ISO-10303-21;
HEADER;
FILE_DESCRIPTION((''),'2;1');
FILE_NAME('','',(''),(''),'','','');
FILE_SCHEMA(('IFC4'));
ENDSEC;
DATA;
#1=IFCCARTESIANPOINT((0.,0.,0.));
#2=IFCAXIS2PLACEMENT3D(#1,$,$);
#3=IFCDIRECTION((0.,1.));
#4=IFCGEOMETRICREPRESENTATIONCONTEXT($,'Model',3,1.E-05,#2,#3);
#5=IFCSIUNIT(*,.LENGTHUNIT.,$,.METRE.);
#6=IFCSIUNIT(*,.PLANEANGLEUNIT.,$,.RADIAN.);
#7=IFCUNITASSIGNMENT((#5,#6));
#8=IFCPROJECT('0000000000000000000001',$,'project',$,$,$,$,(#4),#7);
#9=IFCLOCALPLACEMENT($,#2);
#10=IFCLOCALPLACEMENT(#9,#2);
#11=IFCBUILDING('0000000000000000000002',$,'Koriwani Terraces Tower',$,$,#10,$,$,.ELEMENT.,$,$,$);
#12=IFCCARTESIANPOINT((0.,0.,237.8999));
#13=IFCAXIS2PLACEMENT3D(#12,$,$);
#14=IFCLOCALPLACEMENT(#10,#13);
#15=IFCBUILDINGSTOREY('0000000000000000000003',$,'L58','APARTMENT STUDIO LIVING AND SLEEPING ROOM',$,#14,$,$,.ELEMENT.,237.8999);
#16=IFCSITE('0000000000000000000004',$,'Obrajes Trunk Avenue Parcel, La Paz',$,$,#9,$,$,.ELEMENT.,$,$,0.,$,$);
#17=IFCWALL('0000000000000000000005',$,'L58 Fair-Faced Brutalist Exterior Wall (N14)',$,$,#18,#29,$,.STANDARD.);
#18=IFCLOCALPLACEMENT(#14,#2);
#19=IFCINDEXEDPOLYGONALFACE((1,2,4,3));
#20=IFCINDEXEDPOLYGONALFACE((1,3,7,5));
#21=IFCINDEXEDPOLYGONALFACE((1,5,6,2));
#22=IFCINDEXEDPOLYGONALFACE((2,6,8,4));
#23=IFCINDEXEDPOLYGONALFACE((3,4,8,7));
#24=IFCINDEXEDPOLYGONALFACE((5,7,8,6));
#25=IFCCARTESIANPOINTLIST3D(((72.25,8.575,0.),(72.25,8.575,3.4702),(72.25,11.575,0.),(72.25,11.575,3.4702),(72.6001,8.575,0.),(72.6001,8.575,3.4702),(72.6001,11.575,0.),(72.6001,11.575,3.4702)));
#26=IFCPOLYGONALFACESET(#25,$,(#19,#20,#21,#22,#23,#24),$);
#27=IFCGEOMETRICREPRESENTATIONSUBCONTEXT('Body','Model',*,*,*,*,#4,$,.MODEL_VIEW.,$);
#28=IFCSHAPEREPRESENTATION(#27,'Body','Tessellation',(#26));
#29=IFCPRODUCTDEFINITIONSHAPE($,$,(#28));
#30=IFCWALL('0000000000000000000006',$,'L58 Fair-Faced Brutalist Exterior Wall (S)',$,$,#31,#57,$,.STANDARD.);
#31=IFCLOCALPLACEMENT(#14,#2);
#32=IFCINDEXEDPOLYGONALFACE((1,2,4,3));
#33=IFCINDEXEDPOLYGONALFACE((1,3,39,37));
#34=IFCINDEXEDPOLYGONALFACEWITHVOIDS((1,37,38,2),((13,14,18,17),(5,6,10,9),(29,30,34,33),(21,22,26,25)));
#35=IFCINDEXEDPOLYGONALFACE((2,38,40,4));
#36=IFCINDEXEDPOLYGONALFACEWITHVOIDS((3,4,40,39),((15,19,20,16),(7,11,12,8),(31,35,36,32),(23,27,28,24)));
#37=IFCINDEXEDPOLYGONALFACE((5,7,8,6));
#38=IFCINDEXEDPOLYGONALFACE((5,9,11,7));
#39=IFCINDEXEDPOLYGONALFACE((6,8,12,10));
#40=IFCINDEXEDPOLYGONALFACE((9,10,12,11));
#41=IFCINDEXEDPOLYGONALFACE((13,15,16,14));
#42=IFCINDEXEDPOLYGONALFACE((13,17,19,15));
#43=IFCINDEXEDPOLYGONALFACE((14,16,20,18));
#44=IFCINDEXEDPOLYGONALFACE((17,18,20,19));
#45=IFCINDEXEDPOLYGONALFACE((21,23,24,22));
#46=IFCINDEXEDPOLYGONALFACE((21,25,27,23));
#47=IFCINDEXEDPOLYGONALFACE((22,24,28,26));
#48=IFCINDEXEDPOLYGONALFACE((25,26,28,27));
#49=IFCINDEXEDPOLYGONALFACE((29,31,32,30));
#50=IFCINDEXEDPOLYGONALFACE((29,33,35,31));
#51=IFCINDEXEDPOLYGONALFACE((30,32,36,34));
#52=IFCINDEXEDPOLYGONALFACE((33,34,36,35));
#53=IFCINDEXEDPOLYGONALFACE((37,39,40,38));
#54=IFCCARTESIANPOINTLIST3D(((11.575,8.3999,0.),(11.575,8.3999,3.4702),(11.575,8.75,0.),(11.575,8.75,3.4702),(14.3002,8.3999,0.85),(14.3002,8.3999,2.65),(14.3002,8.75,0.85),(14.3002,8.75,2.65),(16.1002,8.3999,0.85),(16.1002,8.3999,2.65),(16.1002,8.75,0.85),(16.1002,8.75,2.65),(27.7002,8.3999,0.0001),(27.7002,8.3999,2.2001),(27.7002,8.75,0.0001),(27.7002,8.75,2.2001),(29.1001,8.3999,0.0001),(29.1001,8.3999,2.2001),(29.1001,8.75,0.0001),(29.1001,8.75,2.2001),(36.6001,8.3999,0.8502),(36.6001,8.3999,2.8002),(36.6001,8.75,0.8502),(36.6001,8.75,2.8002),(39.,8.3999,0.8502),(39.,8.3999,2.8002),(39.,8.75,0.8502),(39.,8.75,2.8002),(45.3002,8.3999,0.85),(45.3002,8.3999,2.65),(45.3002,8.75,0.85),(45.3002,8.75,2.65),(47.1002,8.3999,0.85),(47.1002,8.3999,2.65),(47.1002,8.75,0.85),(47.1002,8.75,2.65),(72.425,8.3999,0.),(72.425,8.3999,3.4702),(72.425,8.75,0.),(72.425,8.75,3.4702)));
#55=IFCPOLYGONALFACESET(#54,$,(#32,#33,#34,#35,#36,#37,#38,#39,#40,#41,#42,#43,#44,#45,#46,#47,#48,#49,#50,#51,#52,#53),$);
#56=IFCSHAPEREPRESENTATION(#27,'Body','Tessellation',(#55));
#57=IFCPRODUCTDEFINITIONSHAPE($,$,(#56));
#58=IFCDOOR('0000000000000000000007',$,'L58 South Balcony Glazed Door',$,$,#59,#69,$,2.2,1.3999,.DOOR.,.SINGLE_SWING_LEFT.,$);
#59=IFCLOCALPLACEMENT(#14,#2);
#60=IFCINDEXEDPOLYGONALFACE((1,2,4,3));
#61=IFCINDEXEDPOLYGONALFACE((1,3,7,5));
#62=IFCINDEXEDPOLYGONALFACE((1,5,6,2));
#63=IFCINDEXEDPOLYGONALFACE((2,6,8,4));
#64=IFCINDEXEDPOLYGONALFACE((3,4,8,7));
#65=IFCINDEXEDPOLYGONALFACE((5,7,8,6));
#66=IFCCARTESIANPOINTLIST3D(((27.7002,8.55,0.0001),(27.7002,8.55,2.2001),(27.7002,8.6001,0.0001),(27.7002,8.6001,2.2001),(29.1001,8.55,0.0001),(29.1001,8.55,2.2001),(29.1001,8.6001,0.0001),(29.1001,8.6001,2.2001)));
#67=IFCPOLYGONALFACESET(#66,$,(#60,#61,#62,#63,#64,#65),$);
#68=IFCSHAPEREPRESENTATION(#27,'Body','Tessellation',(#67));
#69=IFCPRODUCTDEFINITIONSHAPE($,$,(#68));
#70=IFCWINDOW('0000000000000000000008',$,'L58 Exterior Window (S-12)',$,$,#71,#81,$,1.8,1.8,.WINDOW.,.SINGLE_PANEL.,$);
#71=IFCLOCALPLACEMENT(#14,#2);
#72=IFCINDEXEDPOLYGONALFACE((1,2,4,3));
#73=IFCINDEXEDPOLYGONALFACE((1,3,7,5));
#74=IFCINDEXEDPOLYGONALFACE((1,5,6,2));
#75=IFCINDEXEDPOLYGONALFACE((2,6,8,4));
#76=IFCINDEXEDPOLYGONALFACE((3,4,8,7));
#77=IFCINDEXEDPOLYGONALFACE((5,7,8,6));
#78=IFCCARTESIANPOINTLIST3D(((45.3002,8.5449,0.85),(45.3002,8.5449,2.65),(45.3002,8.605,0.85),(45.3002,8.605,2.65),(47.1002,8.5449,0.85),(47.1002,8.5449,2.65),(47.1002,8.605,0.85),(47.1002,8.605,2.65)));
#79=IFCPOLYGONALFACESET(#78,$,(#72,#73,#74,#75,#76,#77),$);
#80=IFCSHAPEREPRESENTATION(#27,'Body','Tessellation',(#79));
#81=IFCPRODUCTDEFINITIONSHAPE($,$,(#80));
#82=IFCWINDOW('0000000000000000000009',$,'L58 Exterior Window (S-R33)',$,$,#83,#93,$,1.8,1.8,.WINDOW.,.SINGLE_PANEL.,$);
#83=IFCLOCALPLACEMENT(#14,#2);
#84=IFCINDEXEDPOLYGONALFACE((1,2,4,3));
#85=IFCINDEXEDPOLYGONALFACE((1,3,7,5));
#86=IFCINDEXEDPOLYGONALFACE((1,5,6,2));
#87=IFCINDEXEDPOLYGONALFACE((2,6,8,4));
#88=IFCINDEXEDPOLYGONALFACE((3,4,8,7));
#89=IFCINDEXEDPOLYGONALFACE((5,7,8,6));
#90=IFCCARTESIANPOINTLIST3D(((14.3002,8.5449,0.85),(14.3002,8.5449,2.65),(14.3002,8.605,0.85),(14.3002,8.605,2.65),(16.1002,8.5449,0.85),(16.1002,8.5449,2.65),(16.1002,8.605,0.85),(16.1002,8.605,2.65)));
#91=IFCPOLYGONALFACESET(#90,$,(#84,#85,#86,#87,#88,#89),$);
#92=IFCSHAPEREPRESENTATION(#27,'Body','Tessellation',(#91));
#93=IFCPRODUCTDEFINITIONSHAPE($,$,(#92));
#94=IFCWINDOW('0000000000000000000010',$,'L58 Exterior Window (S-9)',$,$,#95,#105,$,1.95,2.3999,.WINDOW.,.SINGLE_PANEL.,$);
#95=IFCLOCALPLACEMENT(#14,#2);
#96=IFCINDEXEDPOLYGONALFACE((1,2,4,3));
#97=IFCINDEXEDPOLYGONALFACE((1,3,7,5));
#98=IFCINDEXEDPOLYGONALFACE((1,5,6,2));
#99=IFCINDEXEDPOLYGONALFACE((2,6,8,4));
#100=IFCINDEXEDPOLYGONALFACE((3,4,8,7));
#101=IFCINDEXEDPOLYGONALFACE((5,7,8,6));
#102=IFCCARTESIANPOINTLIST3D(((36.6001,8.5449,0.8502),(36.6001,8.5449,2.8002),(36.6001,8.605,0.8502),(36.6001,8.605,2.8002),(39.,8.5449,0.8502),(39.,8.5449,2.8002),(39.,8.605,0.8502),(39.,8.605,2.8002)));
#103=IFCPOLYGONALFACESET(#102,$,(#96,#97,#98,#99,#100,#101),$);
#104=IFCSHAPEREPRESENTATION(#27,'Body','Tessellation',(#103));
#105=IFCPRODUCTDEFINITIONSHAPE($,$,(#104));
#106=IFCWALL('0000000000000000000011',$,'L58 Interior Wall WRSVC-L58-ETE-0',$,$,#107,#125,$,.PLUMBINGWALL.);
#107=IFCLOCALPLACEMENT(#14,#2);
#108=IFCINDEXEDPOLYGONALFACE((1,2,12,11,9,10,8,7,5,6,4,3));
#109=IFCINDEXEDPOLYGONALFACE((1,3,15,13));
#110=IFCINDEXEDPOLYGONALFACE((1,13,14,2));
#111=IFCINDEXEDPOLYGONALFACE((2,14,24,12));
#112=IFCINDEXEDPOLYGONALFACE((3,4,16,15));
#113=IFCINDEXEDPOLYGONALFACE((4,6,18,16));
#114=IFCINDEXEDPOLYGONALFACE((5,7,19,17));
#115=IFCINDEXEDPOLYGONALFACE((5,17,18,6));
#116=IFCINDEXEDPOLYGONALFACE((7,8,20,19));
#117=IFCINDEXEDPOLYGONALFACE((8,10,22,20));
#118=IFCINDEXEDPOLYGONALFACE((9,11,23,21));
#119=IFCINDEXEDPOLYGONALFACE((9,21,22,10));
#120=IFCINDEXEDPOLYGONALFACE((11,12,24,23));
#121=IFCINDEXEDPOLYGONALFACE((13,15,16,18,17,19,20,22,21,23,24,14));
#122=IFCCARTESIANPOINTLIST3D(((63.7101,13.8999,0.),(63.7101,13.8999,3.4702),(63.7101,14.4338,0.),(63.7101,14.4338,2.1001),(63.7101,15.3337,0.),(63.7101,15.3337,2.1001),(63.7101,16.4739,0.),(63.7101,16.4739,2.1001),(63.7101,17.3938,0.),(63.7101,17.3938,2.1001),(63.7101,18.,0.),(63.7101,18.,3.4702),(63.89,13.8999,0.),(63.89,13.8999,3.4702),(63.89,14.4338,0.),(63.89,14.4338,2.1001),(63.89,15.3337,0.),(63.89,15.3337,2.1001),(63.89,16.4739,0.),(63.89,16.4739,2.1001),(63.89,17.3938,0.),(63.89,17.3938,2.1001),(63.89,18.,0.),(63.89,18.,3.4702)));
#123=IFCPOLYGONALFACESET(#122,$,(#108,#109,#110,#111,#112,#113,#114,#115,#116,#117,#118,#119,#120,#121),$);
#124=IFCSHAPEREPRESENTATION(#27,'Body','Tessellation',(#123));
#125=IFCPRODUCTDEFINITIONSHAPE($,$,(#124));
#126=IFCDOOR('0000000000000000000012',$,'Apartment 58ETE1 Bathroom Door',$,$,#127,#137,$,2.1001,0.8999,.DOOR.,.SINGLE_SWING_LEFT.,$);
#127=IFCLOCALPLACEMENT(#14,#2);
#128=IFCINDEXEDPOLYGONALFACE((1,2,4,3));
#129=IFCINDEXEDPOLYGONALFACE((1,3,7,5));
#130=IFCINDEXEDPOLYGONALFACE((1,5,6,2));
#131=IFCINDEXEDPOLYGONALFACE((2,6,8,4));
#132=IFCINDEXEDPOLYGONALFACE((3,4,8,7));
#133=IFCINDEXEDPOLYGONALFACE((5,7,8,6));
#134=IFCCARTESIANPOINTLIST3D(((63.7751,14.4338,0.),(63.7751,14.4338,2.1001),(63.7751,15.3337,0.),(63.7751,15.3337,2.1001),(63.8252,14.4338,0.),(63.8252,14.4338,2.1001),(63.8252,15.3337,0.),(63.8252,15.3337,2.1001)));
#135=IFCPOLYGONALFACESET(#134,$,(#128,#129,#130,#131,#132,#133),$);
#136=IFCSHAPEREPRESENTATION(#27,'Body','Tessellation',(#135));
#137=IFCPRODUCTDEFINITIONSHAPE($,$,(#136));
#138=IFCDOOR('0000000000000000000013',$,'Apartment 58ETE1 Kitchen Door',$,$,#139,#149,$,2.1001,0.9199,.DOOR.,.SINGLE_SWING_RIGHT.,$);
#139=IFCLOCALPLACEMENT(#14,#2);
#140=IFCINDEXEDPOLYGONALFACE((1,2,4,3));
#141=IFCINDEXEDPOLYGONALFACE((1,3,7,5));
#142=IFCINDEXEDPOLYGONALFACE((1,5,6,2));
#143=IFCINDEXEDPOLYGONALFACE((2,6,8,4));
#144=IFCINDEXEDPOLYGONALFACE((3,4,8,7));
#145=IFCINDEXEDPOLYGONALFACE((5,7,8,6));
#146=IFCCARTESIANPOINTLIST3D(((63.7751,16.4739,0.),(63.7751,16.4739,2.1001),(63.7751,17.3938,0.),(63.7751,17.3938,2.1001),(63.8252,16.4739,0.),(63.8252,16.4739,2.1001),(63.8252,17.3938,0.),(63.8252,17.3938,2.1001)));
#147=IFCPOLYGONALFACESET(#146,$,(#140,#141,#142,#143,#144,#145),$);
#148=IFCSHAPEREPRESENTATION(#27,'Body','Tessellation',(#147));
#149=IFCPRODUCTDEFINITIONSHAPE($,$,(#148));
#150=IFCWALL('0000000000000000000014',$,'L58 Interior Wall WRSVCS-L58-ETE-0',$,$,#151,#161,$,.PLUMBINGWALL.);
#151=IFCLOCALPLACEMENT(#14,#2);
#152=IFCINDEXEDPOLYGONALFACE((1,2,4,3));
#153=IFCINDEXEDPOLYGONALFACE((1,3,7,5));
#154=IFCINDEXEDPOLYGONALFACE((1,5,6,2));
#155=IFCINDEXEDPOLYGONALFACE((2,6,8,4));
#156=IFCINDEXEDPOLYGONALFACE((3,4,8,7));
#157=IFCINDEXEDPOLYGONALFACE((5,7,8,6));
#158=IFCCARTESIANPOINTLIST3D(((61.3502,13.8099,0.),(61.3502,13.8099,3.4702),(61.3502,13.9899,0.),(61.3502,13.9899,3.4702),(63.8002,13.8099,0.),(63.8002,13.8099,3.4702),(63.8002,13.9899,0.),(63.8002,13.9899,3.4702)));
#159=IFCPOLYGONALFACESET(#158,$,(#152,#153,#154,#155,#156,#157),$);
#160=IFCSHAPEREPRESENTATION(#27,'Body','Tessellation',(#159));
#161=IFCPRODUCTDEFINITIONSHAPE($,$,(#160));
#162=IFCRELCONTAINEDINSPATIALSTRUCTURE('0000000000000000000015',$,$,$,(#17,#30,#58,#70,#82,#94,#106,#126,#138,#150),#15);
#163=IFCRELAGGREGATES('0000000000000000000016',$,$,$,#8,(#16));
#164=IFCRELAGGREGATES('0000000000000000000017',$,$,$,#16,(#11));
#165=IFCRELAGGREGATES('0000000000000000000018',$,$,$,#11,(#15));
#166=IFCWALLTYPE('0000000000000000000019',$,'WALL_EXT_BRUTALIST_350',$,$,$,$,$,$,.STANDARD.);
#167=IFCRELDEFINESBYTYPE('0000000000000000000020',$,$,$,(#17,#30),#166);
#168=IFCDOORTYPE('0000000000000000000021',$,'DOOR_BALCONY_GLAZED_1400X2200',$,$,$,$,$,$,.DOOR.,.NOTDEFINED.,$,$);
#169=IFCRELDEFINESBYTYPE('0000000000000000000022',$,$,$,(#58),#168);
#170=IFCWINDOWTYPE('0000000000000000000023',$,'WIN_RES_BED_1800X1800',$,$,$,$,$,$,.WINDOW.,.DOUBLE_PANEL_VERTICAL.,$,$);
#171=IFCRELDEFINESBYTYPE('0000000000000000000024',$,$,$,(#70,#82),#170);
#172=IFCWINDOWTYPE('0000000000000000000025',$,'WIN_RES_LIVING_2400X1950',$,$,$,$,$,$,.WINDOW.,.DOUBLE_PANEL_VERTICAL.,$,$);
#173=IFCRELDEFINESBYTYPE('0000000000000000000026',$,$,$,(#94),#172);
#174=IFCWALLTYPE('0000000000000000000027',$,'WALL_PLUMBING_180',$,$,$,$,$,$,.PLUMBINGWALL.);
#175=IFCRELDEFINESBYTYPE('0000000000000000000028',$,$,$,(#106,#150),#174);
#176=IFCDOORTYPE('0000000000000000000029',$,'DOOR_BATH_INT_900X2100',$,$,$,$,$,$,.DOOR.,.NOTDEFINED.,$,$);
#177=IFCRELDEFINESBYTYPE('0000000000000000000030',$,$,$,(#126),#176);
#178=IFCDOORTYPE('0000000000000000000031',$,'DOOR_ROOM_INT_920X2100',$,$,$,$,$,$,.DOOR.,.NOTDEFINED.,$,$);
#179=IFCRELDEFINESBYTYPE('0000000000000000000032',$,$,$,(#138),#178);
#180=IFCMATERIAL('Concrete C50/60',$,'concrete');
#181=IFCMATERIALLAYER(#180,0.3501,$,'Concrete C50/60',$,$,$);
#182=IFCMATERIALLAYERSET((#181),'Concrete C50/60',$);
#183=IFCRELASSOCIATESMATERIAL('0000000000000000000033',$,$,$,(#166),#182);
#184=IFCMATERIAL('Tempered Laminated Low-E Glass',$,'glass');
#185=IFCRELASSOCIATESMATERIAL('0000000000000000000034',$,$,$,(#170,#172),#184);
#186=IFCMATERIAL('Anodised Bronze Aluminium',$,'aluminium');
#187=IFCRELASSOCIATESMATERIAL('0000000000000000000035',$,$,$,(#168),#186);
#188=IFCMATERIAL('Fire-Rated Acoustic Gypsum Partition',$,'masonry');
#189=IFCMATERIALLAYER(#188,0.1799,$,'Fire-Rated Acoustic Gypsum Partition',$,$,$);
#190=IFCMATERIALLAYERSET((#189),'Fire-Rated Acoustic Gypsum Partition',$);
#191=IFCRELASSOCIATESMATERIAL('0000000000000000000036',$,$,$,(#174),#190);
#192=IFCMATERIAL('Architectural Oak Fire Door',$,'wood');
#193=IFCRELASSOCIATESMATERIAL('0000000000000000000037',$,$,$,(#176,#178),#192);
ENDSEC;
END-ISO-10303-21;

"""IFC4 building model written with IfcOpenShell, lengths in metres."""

from ifc_helpers import new_model, si_unit, direction, frame, frame_2d, origin, place, context, subcontext, project, spatial, rectangle, extrude, material, layer, layer_set, type_object, element, fill, save


model = new_model("IFC4")

# Units and contexts
model_context = context("Model", 3, precision=1e-05, world=origin(), true_north=direction((0.0, 1.0)))
body_context = subcontext(model_context, "Body", "Model", "MODEL_VIEW")
ifc_project = project(units=[si_unit("LENGTHUNIT", "METRE"), si_unit("PLANEANGLEUNIT", "RADIAN")], contexts=[model_context])

# Site, building, storey
site_placement = place(None, origin())
site = spatial("IfcSite", under=ifc_project, at=site_placement, Name="Obrajes Trunk Avenue Parcel, La Paz", CompositionType="ELEMENT", RefElevation=0.0)
building_placement = place(site_placement, origin())
building = spatial("IfcBuilding", under=site, at=building_placement, Name="Koriwani Terraces Tower", CompositionType="ELEMENT")
storey_placement = place(building_placement, frame((0.0, 0.0, 237.8999)))
storey = spatial("IfcBuildingStorey", under=building, at=storey_placement, Name="L58", Description="APARTMENT STUDIO LIVING AND SLEEPING ROOM", CompositionType="ELEMENT", Elevation=237.8999)

# Shared definitions
ifc_material_1 = material(Name="Concrete C50/60", Category="concrete")

# Shared definitions
ifc_material_2 = material(Name="Architectural Oak Fire Door", Category="wood")

# Shared definitions
ifc_layer_1 = layer(ifc_material_1, 0.3501, Name="Concrete C50/60")
ifc_layer_set_1 = layer_set([ifc_layer_1], Name="Concrete C50/60")
wall_type_1 = type_object("IfcWallType", Name="WALL_EXT_BRUTALIST_350", PredefinedType="STANDARD", material=ifc_layer_set_1)
ifc_material_3 = material(Name="Tempered Laminated Low-E Glass", Category="glass")
window_type_1 = type_object("IfcWindowType", Name="WIN_RES_BED_1800X1800", PartitioningType="DOUBLE_PANEL_VERTICAL", PredefinedType="WINDOW", material=ifc_material_3)

# Wall
wall_1_placement = place(storey_placement, frame((72.425, 11.575, 0.0), z_axis=(0.0, 0.0, 1.0), x_axis=(0.0, -1.0, 0.0)))
element("IfcWall", 1, at=wall_1_placement, inside=storey, type_object=wall_type_1, Name="L58 Fair-Faced Brutalist Exterior Wall (N14)", PredefinedType="STANDARD", context=body_context, shape_type="SweptSolid", body=[
    extrude(rectangle(XDim=3.0, YDim=0.3501, at=frame_2d((1.5, 0.0))), origin(), (0.0, 0.0, 1.0), 3.4702),
])

# Wall, openings, door, windows
wall_2_placement = place(storey_placement, frame((72.425, 8.575, 0.0), z_axis=(0.0, 0.0, 1.0), x_axis=(-1.0, 0.0, 0.0)))
wall_2 = element("IfcWall", 2, at=wall_2_placement, inside=storey, type_object=wall_type_1, Name="L58 Fair-Faced Brutalist Exterior Wall (S)", PredefinedType="STANDARD", context=body_context, shape_type="SweptSolid", body=[
    extrude(rectangle(XDim=60.8501, YDim=0.3501, at=frame_2d((30.425, 0.0))), origin(), (0.0, 0.0, 1.0), 3.4702),
])
opening_1_placement = place(wall_2_placement, frame((43.325, 0.0, 0.0)))
opening_1 = element("IfcOpeningElement", 3, at=opening_1_placement, cuts=wall_2, PredefinedType="OPENING", context=body_context, shape_type="SweptSolid", body=[
    extrude(rectangle(XDim=1.3999, YDim=2.2, at=frame_2d((0.7, 1.1001))), frame((0.0, 0.1851, 0.0), z_axis=(0.0, -1.0, 0.0), x_axis=(1.0, 0.0, 0.0)), (0.0, 0.0, 1.0), 0.3701),
])
opening_2_placement = place(wall_2_placement, frame((33.425, 0.0, 0.8501)))
opening_2 = element("IfcOpeningElement", 4, at=opening_2_placement, cuts=wall_2, PredefinedType="OPENING", context=body_context, shape_type="SweptSolid", body=[
    extrude(rectangle(XDim=2.3999, YDim=1.95, at=frame_2d((1.2, 0.9751))), frame((0.0, 0.1851, 0.0), z_axis=(0.0, -1.0, 0.0), x_axis=(1.0, 0.0, 0.0)), (0.0, 0.0, 1.0), 0.3701),
])
opening_3_placement = place(wall_2_placement, frame((25.325, 0.0, 0.8501)))
opening_3 = element("IfcOpeningElement", 5, at=opening_3_placement, cuts=wall_2, PredefinedType="OPENING", context=body_context, shape_type="SweptSolid", body=[
    extrude(rectangle(XDim=1.8, YDim=1.8, at=frame_2d((0.8999, 0.8999))), frame((0.0, 0.1851, 0.0), z_axis=(0.0, -1.0, 0.0), x_axis=(1.0, 0.0, 0.0)), (0.0, 0.0, 1.0), 0.3701),
])
opening_4_placement = place(wall_2_placement, frame((56.325, 0.0, 0.8501)))
opening_4 = element("IfcOpeningElement", 6, at=opening_4_placement, cuts=wall_2, PredefinedType="OPENING", context=body_context, shape_type="SweptSolid", body=[
    extrude(rectangle(XDim=1.8, YDim=1.8, at=frame_2d((0.8999, 0.8999))), frame((0.0, 0.1851, 0.0), z_axis=(0.0, -1.0, 0.0), x_axis=(1.0, 0.0, 0.0)), (0.0, 0.0, 1.0), 0.3701),
])
ifc_material_4 = material(Name="Anodised Bronze Aluminium", Category="aluminium")
door_type_1 = type_object("IfcDoorType", Name="DOOR_BALCONY_GLAZED_1400X2200", OperationType="NOTDEFINED", PredefinedType="DOOR", material=ifc_material_4)
door_1_placement = place(opening_1_placement, origin())
door_1 = element("IfcDoor", 7, at=door_1_placement, inside=storey, type_object=door_type_1, Name="L58 South Balcony Glazed Door", OperationType="SINGLE_SWING_LEFT", OverallHeight=2.2, OverallWidth=1.3999, PredefinedType="DOOR", context=body_context, shape_type="SweptSolid", body=[
    extrude(rectangle(XDim=1.3999, YDim=2.2, at=frame_2d((0.7, 1.1001))), frame((0.0, 0.0249, 0.0), z_axis=(0.0, -1.0, 0.0), x_axis=(1.0, 0.0, 0.0)), (0.0, 0.0, 1.0), 0.05),
])
fill(opening_1, door_1)
window_1_placement = place(opening_3_placement, origin())
window_1 = element("IfcWindow", 8, at=window_1_placement, inside=storey, type_object=window_type_1, Name="L58 Exterior Window (S-12)", OverallHeight=1.8, OverallWidth=1.8, PartitioningType="SINGLE_PANEL", PredefinedType="WINDOW", context=body_context, shape_type="SweptSolid", body=[
    extrude(rectangle(XDim=1.8, YDim=1.8, at=frame_2d((0.8999, 0.8999))), frame((0.0, 0.03, 0.0), z_axis=(0.0, -1.0, 0.0), x_axis=(1.0, 0.0, 0.0)), (0.0, 0.0, 1.0), 0.0601),
])
fill(opening_3, window_1)
window_2_placement = place(opening_4_placement, origin())
window_2 = element("IfcWindow", 9, at=window_2_placement, inside=storey, type_object=window_type_1, Name="L58 Exterior Window (S-R33)", OverallHeight=1.8, OverallWidth=1.8, PartitioningType="SINGLE_PANEL", PredefinedType="WINDOW", context=body_context, shape_type="SweptSolid", body=[
    extrude(rectangle(XDim=1.8, YDim=1.8, at=frame_2d((0.8999, 0.8999))), frame((0.0, 0.03, 0.0), z_axis=(0.0, -1.0, 0.0), x_axis=(1.0, 0.0, 0.0)), (0.0, 0.0, 1.0), 0.0601),
])
fill(opening_4, window_2)
window_type_2 = type_object("IfcWindowType", Name="WIN_RES_LIVING_2400X1950", PartitioningType="DOUBLE_PANEL_VERTICAL", PredefinedType="WINDOW", material=ifc_material_3)
window_3_placement = place(opening_2_placement, origin())
window_3 = element("IfcWindow", 10, at=window_3_placement, inside=storey, type_object=window_type_2, Name="L58 Exterior Window (S-9)", OverallHeight=1.95, OverallWidth=2.3999, PartitioningType="SINGLE_PANEL", PredefinedType="WINDOW", context=body_context, shape_type="SweptSolid", body=[
    extrude(rectangle(XDim=2.3999, YDim=1.95, at=frame_2d((1.2, 0.9751))), frame((0.0, 0.03, 0.0), z_axis=(0.0, -1.0, 0.0), x_axis=(1.0, 0.0, 0.0)), (0.0, 0.0, 1.0), 0.0601),
])
fill(opening_2, window_3)

# Wall, openings, doors
ifc_material_5 = material(Name="Fire-Rated Acoustic Gypsum Partition", Category="masonry")
ifc_layer_2 = layer(ifc_material_5, 0.1799, Name="Fire-Rated Acoustic Gypsum Partition")
ifc_layer_set_2 = layer_set([ifc_layer_2], Name="Fire-Rated Acoustic Gypsum Partition")
wall_type_2 = type_object("IfcWallType", Name="WALL_PLUMBING_180", PredefinedType="PLUMBINGWALL", material=ifc_layer_set_2)
wall_3_placement = place(storey_placement, frame((63.8, 13.8999, 0.0), z_axis=(0.0, 0.0, 1.0), x_axis=(0.0, 1.0, 0.0)))
wall_3 = element("IfcWall", 11, at=wall_3_placement, inside=storey, type_object=wall_type_2, Name="L58 Interior Wall WRSVC-L58-ETE-0", PredefinedType="PLUMBINGWALL", context=body_context, shape_type="SweptSolid", body=[
    extrude(rectangle(XDim=4.1001, YDim=0.1799, at=frame_2d((2.05, 0.0))), origin(), (0.0, 0.0, 1.0), 3.4702),
])
opening_5_placement = place(wall_3_placement, frame((0.5339, 0.0, 0.0)))
opening_5 = element("IfcOpeningElement", 12, at=opening_5_placement, cuts=wall_3, PredefinedType="OPENING", context=body_context, shape_type="SweptSolid", body=[
    extrude(rectangle(XDim=0.8999, YDim=2.1001, at=frame_2d((0.45, 1.05))), frame((0.0, 0.1001, 0.0), z_axis=(0.0, -1.0, 0.0), x_axis=(1.0, 0.0, 0.0)), (0.0, 0.0, 1.0), 0.2),
])
opening_6_placement = place(wall_3_placement, frame((2.574, 0.0, 0.0)))
opening_6 = element("IfcOpeningElement", 13, at=opening_6_placement, cuts=wall_3, PredefinedType="OPENING", context=body_context, shape_type="SweptSolid", body=[
    extrude(rectangle(XDim=0.9199, YDim=2.1001, at=frame_2d((0.46, 1.05))), frame((0.0, 0.1001, 0.0), z_axis=(0.0, -1.0, 0.0), x_axis=(1.0, 0.0, 0.0)), (0.0, 0.0, 1.0), 0.2),
])
door_type_2 = type_object("IfcDoorType", Name="DOOR_BATH_INT_900X2100", OperationType="NOTDEFINED", PredefinedType="DOOR", material=ifc_material_2)
door_2_placement = place(opening_5_placement, origin())
door_2 = element("IfcDoor", 14, at=door_2_placement, inside=storey, type_object=door_type_2, Name="Apartment 58ETE1 Bathroom Door", OperationType="SINGLE_SWING_LEFT", OverallHeight=2.1001, OverallWidth=0.8999, PredefinedType="DOOR", context=body_context, shape_type="SweptSolid", body=[
    extrude(rectangle(XDim=0.8999, YDim=2.1001, at=frame_2d((0.45, 1.05))), frame((0.0, 0.0249, 0.0), z_axis=(0.0, -1.0, 0.0), x_axis=(1.0, 0.0, 0.0)), (0.0, 0.0, 1.0), 0.05),
])
fill(opening_5, door_2)
door_type_3 = type_object("IfcDoorType", Name="DOOR_ROOM_INT_920X2100", OperationType="NOTDEFINED", PredefinedType="DOOR", material=ifc_material_2)
door_3_placement = place(opening_6_placement, origin())
door_3 = element("IfcDoor", 15, at=door_3_placement, inside=storey, type_object=door_type_3, Name="Apartment 58ETE1 Kitchen Door", OperationType="SINGLE_SWING_RIGHT", OverallHeight=2.1001, OverallWidth=0.9199, PredefinedType="DOOR", context=body_context, shape_type="SweptSolid", body=[
    extrude(rectangle(XDim=0.9199, YDim=2.1001, at=frame_2d((0.46, 1.05))), frame((0.0, 0.0249, 0.0), z_axis=(0.0, -1.0, 0.0), x_axis=(1.0, 0.0, 0.0)), (0.0, 0.0, 1.0), 0.05),
])
fill(opening_6, door_3)

# Wall
wall_4_placement = place(storey_placement, frame((61.3501, 13.8999, 0.0), z_axis=(0.0, 0.0, 1.0), x_axis=(1.0, 0.0, 0.0)))
element("IfcWall", 16, at=wall_4_placement, inside=storey, type_object=wall_type_2, Name="L58 Interior Wall WRSVCS-L58-ETE-0", PredefinedType="PLUMBINGWALL", context=body_context, shape_type="SweptSolid", body=[
    extrude(rectangle(XDim=2.45, YDim=0.1799, at=frame_2d((1.2251, 0.0))), origin(), (0.0, 0.0, 1.0), 3.4702),
])

save(model, "model.ifc")
